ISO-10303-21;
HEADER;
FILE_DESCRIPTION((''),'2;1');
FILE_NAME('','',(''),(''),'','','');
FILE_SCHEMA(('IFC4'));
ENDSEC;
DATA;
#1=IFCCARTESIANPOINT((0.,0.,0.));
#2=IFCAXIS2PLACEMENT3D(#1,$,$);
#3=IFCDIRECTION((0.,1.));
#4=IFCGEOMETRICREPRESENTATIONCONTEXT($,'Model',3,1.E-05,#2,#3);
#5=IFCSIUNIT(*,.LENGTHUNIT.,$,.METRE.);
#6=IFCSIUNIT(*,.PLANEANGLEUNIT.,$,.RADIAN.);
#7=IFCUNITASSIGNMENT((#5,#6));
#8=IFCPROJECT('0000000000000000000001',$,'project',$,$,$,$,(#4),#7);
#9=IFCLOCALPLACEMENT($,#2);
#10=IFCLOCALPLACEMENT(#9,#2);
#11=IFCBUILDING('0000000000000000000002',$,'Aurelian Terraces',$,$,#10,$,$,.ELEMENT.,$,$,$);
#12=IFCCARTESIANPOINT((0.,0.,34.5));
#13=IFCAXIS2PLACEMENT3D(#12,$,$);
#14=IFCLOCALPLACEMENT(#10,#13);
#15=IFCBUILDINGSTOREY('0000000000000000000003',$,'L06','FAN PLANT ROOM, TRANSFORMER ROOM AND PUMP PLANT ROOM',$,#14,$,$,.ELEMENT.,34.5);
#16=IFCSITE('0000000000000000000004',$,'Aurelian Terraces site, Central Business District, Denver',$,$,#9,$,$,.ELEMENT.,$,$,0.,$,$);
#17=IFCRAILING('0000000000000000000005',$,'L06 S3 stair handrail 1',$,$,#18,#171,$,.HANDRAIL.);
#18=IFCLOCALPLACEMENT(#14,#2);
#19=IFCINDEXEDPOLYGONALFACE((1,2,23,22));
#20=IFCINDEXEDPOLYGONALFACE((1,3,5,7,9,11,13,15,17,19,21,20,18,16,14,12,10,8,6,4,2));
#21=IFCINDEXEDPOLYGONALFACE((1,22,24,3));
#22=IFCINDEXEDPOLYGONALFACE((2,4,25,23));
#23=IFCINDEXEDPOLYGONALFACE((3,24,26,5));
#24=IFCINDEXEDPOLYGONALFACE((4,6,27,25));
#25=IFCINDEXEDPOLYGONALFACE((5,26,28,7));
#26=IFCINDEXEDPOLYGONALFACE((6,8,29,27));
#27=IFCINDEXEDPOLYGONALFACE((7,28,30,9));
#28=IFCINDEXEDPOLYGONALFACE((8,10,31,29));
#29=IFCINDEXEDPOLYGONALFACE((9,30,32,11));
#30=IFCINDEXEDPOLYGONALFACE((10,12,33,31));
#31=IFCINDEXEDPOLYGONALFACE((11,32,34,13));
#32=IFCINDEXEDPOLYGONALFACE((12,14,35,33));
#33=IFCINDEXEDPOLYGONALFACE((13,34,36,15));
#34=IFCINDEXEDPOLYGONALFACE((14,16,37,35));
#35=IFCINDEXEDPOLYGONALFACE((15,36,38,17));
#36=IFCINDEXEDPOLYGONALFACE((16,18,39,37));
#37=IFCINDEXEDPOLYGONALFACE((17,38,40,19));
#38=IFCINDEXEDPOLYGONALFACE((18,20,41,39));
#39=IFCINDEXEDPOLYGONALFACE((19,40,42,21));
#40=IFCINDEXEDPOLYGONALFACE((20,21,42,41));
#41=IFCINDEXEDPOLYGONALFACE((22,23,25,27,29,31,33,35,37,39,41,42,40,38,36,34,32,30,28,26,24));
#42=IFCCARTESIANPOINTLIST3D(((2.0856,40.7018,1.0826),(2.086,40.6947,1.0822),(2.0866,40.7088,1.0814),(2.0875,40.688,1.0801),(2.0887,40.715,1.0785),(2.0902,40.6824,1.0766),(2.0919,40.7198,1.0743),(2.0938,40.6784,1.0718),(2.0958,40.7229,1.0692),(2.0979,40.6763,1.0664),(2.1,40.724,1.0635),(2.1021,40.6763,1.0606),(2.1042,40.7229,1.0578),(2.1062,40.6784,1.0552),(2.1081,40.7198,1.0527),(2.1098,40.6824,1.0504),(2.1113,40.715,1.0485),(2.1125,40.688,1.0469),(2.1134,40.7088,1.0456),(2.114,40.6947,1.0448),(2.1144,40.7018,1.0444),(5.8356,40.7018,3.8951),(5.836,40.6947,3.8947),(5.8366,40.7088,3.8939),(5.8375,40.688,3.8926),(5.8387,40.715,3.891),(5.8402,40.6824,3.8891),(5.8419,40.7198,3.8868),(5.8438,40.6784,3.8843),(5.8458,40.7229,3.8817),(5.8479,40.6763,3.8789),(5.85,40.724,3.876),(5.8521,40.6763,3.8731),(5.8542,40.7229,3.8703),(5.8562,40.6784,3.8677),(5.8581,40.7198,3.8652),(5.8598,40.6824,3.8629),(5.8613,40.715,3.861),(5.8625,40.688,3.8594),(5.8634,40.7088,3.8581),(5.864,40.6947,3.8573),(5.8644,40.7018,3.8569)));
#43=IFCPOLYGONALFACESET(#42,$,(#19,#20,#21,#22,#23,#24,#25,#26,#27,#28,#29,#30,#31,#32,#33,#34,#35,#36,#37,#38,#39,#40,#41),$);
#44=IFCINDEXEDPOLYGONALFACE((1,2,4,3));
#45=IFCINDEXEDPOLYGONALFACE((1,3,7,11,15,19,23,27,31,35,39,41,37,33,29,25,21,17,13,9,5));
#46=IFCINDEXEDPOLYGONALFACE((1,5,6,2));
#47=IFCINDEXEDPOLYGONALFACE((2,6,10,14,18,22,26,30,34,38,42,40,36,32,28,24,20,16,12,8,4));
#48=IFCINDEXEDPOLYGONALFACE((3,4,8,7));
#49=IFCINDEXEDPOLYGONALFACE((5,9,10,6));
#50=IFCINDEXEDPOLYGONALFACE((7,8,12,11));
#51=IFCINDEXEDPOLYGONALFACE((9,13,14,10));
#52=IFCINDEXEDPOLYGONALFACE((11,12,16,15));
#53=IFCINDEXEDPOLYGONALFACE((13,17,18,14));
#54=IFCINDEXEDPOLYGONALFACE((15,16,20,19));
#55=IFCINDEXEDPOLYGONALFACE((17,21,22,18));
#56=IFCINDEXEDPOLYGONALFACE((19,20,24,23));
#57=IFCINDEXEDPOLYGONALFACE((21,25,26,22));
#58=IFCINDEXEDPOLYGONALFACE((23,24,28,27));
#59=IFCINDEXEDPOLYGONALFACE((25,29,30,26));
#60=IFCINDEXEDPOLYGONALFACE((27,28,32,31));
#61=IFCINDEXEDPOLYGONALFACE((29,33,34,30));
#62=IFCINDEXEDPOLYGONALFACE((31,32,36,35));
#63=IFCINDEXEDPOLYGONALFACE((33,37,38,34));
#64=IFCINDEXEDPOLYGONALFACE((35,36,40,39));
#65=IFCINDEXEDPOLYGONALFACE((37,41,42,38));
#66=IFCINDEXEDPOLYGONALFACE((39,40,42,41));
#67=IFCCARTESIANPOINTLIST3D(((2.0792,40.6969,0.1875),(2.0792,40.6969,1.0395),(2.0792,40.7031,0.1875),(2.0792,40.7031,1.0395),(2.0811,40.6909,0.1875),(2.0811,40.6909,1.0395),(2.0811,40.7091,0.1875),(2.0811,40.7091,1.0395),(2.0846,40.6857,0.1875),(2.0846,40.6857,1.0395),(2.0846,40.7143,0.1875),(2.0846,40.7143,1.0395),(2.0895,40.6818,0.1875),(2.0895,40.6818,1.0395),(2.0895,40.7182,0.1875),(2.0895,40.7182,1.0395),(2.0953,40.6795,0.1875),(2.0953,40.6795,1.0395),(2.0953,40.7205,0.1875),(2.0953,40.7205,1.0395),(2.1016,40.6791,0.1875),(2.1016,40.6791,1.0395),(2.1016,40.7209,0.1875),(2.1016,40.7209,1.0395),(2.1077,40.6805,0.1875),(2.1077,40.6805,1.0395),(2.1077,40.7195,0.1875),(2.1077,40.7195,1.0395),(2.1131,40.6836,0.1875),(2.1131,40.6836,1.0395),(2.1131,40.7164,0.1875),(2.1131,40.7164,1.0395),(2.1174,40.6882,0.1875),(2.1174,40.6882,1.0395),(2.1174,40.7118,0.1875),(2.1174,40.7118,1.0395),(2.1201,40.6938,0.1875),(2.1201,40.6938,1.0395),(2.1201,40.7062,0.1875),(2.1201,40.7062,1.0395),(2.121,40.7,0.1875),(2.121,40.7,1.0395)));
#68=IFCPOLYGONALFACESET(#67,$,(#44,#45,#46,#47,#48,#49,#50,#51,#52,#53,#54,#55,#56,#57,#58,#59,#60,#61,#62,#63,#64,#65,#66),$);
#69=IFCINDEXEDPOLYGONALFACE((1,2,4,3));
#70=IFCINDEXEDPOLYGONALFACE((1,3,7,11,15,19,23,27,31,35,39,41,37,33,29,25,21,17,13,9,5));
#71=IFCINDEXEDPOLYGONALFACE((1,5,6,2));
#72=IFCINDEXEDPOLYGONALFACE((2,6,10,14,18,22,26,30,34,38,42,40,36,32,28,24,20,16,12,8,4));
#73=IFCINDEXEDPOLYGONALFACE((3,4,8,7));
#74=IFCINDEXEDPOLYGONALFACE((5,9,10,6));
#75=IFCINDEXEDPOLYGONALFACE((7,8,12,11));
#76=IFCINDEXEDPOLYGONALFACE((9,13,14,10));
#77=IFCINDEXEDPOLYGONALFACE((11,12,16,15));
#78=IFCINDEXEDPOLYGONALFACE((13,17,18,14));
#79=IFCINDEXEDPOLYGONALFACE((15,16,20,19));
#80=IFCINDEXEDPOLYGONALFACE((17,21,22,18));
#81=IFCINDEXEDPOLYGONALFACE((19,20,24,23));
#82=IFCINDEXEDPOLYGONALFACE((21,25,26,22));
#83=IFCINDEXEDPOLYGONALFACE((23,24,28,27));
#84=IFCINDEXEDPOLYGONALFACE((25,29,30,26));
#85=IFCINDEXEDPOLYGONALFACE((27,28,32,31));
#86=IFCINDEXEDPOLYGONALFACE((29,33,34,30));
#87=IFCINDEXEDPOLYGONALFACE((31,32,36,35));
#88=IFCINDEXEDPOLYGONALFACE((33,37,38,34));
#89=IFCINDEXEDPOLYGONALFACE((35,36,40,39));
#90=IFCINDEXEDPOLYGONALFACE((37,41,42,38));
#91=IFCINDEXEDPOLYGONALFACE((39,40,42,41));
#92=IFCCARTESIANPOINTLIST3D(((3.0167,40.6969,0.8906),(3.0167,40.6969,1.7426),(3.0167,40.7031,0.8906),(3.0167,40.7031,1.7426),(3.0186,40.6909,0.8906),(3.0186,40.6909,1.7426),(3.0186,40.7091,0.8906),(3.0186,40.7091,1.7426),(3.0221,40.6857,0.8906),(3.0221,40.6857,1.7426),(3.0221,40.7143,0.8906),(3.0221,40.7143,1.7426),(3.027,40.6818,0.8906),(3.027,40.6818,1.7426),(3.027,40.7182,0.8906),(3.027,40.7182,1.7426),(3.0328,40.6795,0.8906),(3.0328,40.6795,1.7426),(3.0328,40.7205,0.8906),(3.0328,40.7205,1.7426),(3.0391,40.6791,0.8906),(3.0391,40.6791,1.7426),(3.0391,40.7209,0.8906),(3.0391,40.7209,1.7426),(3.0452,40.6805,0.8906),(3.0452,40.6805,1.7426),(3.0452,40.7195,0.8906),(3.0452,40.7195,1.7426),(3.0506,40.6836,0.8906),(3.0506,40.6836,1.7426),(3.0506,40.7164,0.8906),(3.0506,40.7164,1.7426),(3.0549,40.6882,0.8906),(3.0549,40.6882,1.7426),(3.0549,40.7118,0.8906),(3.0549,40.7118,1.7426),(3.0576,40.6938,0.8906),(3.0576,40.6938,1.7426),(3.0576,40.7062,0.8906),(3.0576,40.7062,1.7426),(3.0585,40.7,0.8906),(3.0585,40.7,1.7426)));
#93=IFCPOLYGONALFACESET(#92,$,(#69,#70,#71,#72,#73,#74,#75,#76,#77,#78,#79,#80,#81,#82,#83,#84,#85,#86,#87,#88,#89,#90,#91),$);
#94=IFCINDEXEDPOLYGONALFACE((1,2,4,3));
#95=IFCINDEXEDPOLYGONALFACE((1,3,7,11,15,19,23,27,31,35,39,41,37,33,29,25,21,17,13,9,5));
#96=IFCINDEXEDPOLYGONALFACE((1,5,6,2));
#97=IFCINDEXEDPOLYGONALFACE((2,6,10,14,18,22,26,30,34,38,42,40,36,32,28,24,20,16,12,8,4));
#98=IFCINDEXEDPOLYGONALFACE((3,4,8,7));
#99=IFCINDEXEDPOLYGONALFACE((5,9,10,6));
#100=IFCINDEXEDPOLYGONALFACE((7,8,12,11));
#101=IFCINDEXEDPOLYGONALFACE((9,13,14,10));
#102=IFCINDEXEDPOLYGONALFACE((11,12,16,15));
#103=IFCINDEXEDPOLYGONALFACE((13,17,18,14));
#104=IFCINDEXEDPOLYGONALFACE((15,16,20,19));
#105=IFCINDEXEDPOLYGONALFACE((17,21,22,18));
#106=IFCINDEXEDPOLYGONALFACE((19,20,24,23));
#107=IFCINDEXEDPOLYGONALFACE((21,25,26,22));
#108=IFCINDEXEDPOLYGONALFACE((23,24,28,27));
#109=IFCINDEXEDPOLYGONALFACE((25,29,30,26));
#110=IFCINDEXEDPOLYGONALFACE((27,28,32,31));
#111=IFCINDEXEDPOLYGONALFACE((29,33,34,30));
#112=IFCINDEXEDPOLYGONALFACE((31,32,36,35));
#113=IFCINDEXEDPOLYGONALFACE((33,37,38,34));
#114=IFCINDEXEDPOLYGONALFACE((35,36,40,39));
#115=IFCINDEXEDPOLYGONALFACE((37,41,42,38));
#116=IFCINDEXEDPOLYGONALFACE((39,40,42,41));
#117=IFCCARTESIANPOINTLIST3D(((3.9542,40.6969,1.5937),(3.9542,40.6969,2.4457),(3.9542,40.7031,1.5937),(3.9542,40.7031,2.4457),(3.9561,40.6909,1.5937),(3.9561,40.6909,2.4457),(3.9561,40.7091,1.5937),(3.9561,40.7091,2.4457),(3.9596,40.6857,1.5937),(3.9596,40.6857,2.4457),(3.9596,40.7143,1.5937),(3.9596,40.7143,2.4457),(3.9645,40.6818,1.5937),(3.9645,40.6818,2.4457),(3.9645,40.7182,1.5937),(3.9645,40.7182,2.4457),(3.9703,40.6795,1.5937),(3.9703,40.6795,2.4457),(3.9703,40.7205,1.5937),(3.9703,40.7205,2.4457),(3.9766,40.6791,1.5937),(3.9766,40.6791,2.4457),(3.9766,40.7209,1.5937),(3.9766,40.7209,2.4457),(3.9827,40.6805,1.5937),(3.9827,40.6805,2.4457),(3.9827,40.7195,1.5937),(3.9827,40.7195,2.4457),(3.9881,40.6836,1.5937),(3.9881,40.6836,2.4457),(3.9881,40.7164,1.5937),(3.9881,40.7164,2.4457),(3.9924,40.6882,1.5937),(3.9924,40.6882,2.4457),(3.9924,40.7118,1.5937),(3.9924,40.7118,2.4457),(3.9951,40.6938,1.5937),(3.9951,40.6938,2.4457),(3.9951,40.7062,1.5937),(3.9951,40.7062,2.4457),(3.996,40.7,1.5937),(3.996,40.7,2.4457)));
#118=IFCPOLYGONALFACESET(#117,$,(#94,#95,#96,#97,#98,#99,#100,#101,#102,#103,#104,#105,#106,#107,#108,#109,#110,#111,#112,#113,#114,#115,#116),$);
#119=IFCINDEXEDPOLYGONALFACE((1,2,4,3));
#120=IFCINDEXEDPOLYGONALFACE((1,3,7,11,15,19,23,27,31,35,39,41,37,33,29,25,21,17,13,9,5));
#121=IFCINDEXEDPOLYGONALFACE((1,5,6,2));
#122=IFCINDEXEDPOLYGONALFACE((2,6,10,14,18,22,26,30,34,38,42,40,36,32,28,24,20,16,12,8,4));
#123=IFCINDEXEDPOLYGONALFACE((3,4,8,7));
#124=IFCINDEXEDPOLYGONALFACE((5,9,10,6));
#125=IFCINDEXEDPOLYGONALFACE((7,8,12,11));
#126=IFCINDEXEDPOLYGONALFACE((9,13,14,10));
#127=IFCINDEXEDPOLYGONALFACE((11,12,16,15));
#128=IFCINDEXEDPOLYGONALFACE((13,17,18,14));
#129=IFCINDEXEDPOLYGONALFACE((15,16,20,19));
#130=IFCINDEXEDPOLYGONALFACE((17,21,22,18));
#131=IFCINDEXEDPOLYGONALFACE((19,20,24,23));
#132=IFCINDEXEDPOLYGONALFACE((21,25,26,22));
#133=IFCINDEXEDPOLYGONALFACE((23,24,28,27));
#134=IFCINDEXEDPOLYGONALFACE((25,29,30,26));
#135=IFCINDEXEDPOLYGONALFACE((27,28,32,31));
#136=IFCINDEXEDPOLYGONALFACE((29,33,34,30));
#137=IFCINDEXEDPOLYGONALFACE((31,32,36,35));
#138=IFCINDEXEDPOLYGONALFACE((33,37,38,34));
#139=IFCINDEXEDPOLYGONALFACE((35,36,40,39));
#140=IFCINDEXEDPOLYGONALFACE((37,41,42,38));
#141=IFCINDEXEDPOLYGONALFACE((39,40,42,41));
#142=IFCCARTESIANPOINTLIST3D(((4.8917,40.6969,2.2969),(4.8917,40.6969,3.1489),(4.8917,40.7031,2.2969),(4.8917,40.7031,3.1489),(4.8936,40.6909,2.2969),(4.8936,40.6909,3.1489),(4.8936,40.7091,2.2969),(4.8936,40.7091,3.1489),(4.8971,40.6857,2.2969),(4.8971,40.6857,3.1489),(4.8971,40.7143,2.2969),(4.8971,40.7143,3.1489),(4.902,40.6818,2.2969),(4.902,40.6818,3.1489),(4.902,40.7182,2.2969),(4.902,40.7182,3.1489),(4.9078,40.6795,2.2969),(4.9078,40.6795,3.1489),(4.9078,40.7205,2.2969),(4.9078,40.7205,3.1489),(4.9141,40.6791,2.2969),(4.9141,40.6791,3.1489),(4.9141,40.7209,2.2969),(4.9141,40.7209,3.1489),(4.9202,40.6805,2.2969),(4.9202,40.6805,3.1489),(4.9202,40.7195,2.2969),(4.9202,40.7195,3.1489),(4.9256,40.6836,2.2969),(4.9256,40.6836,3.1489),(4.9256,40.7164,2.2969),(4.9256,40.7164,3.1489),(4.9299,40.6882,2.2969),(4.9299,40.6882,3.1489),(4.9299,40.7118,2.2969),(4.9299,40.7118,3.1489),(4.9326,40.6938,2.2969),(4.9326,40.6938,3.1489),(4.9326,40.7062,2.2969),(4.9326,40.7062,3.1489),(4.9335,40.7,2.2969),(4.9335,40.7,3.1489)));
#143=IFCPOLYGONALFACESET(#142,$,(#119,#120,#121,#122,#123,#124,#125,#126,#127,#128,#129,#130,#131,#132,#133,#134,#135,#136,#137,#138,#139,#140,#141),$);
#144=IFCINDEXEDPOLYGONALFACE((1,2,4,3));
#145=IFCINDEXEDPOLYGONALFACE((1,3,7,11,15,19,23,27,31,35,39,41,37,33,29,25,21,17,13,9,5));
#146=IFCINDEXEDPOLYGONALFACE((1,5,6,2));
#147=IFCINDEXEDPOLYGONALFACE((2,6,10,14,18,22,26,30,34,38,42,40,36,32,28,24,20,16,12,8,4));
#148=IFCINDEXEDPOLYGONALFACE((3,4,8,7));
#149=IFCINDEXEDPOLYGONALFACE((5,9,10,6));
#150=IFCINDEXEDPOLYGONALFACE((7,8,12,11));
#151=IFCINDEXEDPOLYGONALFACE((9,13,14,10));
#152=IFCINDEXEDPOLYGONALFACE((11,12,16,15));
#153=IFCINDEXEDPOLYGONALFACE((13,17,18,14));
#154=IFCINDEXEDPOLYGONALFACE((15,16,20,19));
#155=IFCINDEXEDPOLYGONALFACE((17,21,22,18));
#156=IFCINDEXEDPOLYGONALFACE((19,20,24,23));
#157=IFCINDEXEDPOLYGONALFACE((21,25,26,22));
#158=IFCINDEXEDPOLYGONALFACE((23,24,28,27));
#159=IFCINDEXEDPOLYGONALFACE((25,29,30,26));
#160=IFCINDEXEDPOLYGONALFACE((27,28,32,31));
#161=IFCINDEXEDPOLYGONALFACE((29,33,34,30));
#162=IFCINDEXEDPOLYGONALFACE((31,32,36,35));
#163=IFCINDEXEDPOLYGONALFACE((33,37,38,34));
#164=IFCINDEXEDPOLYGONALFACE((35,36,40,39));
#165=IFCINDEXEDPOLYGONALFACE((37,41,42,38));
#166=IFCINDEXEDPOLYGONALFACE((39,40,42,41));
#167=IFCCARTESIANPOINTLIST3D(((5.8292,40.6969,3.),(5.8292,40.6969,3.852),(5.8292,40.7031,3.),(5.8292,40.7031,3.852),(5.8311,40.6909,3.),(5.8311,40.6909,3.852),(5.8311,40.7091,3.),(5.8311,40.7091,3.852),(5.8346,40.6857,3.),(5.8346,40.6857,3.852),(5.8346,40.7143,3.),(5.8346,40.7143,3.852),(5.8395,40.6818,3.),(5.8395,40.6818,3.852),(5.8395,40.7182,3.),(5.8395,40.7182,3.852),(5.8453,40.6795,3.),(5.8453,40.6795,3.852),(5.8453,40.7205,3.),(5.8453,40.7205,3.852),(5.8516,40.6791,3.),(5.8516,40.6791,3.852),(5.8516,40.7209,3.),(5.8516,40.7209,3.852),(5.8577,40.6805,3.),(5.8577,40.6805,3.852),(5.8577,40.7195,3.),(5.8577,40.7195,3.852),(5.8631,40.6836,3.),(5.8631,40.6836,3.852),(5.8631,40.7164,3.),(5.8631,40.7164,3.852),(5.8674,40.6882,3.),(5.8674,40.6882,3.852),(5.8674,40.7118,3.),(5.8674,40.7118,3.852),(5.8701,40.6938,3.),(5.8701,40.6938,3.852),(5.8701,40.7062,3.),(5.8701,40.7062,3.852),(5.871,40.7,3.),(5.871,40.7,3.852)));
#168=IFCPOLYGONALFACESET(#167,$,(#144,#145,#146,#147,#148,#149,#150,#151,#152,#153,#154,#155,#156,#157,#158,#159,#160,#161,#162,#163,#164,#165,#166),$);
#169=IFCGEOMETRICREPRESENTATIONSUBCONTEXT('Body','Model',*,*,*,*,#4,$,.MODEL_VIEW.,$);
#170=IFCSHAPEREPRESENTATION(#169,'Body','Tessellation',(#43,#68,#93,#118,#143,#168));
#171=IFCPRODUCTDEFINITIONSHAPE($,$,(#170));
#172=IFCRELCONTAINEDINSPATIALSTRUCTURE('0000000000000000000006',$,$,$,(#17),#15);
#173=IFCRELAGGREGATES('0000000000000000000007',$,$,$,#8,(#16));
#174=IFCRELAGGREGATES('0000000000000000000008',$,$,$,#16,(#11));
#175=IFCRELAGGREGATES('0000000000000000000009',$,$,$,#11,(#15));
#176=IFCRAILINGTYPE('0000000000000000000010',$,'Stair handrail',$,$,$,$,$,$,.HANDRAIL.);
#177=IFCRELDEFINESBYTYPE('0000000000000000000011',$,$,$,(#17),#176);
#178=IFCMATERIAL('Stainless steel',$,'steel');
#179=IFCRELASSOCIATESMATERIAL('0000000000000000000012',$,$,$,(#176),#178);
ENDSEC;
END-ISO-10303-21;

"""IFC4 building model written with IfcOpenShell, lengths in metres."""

from ifc_helpers import new_model, si_unit, direction, frame, origin, origin_2d, place, context, subcontext, project, spatial, circle, extrude, material, type_object, element, save


model = new_model("IFC4")

# Units and contexts
model_context = context("Model", 3, precision=1e-05, world=origin(), true_north=direction((0.0, 1.0)))
body_context = subcontext(model_context, "Body", "Model", "MODEL_VIEW")
ifc_project = project(units=[si_unit("LENGTHUNIT", "METRE"), si_unit("PLANEANGLEUNIT", "RADIAN")], contexts=[model_context])

# Site, building, storey
site_placement = place(None, origin())
site = spatial("IfcSite", under=ifc_project, at=site_placement, Name="Aurelian Terraces site, Central Business District, Denver", CompositionType="ELEMENT", RefElevation=0.0)
building_placement = place(site_placement, origin())
building = spatial("IfcBuilding", under=site, at=building_placement, Name="Aurelian Terraces", CompositionType="ELEMENT")
storey_placement = place(building_placement, frame((0.0, 0.0, 34.5)))
storey = spatial("IfcBuildingStorey", under=building, at=storey_placement, Name="L06", Description="FAN PLANT ROOM, TRANSFORMER ROOM AND PUMP PLANT ROOM", CompositionType="ELEMENT", Elevation=34.5)

# Railing
ifc_material_1 = material(Name="Stainless steel", Category="steel")
railing_type_1 = type_object("IfcRailingType", Name="Stair handrail", PredefinedType="HANDRAIL", material=ifc_material_1)
railing_1_placement = place(storey_placement, frame((2.1, 40.7, 0.1875)))
element("IfcRailing", 1, at=railing_1_placement, inside=storey, type_object=railing_type_1, Name="L06 S3 stair handrail 1", PredefinedType="HANDRAIL", context=body_context, shape_type="SweptSolid", body=[
    extrude(circle(Radius=0.024, at=origin_2d()), frame((0.0, 0.0, 0.876), z_axis=(0.8, 0.0, 0.6), x_axis=(0.0, 1.0, 0.0)), (0.0, 0.0, 1.0), 4.6875),
    extrude(circle(Radius=0.021, at=origin_2d()), origin(), (0.0, 0.0, 1.0), 0.852),
    extrude(circle(Radius=0.021, at=origin_2d()), frame((0.9375, 0.0, 0.7031)), (0.0, 0.0, 1.0), 0.852),
    extrude(circle(Radius=0.021, at=origin_2d()), frame((1.875, 0.0, 1.4062)), (0.0, 0.0, 1.0), 0.852),
    extrude(circle(Radius=0.021, at=origin_2d()), frame((2.8125, 0.0, 2.1094)), (0.0, 0.0, 1.0), 0.852),
    extrude(circle(Radius=0.021, at=origin_2d()), frame((3.75, 0.0, 2.8125)), (0.0, 0.0, 1.0), 0.852),
])

save(model, "model.ifc")
